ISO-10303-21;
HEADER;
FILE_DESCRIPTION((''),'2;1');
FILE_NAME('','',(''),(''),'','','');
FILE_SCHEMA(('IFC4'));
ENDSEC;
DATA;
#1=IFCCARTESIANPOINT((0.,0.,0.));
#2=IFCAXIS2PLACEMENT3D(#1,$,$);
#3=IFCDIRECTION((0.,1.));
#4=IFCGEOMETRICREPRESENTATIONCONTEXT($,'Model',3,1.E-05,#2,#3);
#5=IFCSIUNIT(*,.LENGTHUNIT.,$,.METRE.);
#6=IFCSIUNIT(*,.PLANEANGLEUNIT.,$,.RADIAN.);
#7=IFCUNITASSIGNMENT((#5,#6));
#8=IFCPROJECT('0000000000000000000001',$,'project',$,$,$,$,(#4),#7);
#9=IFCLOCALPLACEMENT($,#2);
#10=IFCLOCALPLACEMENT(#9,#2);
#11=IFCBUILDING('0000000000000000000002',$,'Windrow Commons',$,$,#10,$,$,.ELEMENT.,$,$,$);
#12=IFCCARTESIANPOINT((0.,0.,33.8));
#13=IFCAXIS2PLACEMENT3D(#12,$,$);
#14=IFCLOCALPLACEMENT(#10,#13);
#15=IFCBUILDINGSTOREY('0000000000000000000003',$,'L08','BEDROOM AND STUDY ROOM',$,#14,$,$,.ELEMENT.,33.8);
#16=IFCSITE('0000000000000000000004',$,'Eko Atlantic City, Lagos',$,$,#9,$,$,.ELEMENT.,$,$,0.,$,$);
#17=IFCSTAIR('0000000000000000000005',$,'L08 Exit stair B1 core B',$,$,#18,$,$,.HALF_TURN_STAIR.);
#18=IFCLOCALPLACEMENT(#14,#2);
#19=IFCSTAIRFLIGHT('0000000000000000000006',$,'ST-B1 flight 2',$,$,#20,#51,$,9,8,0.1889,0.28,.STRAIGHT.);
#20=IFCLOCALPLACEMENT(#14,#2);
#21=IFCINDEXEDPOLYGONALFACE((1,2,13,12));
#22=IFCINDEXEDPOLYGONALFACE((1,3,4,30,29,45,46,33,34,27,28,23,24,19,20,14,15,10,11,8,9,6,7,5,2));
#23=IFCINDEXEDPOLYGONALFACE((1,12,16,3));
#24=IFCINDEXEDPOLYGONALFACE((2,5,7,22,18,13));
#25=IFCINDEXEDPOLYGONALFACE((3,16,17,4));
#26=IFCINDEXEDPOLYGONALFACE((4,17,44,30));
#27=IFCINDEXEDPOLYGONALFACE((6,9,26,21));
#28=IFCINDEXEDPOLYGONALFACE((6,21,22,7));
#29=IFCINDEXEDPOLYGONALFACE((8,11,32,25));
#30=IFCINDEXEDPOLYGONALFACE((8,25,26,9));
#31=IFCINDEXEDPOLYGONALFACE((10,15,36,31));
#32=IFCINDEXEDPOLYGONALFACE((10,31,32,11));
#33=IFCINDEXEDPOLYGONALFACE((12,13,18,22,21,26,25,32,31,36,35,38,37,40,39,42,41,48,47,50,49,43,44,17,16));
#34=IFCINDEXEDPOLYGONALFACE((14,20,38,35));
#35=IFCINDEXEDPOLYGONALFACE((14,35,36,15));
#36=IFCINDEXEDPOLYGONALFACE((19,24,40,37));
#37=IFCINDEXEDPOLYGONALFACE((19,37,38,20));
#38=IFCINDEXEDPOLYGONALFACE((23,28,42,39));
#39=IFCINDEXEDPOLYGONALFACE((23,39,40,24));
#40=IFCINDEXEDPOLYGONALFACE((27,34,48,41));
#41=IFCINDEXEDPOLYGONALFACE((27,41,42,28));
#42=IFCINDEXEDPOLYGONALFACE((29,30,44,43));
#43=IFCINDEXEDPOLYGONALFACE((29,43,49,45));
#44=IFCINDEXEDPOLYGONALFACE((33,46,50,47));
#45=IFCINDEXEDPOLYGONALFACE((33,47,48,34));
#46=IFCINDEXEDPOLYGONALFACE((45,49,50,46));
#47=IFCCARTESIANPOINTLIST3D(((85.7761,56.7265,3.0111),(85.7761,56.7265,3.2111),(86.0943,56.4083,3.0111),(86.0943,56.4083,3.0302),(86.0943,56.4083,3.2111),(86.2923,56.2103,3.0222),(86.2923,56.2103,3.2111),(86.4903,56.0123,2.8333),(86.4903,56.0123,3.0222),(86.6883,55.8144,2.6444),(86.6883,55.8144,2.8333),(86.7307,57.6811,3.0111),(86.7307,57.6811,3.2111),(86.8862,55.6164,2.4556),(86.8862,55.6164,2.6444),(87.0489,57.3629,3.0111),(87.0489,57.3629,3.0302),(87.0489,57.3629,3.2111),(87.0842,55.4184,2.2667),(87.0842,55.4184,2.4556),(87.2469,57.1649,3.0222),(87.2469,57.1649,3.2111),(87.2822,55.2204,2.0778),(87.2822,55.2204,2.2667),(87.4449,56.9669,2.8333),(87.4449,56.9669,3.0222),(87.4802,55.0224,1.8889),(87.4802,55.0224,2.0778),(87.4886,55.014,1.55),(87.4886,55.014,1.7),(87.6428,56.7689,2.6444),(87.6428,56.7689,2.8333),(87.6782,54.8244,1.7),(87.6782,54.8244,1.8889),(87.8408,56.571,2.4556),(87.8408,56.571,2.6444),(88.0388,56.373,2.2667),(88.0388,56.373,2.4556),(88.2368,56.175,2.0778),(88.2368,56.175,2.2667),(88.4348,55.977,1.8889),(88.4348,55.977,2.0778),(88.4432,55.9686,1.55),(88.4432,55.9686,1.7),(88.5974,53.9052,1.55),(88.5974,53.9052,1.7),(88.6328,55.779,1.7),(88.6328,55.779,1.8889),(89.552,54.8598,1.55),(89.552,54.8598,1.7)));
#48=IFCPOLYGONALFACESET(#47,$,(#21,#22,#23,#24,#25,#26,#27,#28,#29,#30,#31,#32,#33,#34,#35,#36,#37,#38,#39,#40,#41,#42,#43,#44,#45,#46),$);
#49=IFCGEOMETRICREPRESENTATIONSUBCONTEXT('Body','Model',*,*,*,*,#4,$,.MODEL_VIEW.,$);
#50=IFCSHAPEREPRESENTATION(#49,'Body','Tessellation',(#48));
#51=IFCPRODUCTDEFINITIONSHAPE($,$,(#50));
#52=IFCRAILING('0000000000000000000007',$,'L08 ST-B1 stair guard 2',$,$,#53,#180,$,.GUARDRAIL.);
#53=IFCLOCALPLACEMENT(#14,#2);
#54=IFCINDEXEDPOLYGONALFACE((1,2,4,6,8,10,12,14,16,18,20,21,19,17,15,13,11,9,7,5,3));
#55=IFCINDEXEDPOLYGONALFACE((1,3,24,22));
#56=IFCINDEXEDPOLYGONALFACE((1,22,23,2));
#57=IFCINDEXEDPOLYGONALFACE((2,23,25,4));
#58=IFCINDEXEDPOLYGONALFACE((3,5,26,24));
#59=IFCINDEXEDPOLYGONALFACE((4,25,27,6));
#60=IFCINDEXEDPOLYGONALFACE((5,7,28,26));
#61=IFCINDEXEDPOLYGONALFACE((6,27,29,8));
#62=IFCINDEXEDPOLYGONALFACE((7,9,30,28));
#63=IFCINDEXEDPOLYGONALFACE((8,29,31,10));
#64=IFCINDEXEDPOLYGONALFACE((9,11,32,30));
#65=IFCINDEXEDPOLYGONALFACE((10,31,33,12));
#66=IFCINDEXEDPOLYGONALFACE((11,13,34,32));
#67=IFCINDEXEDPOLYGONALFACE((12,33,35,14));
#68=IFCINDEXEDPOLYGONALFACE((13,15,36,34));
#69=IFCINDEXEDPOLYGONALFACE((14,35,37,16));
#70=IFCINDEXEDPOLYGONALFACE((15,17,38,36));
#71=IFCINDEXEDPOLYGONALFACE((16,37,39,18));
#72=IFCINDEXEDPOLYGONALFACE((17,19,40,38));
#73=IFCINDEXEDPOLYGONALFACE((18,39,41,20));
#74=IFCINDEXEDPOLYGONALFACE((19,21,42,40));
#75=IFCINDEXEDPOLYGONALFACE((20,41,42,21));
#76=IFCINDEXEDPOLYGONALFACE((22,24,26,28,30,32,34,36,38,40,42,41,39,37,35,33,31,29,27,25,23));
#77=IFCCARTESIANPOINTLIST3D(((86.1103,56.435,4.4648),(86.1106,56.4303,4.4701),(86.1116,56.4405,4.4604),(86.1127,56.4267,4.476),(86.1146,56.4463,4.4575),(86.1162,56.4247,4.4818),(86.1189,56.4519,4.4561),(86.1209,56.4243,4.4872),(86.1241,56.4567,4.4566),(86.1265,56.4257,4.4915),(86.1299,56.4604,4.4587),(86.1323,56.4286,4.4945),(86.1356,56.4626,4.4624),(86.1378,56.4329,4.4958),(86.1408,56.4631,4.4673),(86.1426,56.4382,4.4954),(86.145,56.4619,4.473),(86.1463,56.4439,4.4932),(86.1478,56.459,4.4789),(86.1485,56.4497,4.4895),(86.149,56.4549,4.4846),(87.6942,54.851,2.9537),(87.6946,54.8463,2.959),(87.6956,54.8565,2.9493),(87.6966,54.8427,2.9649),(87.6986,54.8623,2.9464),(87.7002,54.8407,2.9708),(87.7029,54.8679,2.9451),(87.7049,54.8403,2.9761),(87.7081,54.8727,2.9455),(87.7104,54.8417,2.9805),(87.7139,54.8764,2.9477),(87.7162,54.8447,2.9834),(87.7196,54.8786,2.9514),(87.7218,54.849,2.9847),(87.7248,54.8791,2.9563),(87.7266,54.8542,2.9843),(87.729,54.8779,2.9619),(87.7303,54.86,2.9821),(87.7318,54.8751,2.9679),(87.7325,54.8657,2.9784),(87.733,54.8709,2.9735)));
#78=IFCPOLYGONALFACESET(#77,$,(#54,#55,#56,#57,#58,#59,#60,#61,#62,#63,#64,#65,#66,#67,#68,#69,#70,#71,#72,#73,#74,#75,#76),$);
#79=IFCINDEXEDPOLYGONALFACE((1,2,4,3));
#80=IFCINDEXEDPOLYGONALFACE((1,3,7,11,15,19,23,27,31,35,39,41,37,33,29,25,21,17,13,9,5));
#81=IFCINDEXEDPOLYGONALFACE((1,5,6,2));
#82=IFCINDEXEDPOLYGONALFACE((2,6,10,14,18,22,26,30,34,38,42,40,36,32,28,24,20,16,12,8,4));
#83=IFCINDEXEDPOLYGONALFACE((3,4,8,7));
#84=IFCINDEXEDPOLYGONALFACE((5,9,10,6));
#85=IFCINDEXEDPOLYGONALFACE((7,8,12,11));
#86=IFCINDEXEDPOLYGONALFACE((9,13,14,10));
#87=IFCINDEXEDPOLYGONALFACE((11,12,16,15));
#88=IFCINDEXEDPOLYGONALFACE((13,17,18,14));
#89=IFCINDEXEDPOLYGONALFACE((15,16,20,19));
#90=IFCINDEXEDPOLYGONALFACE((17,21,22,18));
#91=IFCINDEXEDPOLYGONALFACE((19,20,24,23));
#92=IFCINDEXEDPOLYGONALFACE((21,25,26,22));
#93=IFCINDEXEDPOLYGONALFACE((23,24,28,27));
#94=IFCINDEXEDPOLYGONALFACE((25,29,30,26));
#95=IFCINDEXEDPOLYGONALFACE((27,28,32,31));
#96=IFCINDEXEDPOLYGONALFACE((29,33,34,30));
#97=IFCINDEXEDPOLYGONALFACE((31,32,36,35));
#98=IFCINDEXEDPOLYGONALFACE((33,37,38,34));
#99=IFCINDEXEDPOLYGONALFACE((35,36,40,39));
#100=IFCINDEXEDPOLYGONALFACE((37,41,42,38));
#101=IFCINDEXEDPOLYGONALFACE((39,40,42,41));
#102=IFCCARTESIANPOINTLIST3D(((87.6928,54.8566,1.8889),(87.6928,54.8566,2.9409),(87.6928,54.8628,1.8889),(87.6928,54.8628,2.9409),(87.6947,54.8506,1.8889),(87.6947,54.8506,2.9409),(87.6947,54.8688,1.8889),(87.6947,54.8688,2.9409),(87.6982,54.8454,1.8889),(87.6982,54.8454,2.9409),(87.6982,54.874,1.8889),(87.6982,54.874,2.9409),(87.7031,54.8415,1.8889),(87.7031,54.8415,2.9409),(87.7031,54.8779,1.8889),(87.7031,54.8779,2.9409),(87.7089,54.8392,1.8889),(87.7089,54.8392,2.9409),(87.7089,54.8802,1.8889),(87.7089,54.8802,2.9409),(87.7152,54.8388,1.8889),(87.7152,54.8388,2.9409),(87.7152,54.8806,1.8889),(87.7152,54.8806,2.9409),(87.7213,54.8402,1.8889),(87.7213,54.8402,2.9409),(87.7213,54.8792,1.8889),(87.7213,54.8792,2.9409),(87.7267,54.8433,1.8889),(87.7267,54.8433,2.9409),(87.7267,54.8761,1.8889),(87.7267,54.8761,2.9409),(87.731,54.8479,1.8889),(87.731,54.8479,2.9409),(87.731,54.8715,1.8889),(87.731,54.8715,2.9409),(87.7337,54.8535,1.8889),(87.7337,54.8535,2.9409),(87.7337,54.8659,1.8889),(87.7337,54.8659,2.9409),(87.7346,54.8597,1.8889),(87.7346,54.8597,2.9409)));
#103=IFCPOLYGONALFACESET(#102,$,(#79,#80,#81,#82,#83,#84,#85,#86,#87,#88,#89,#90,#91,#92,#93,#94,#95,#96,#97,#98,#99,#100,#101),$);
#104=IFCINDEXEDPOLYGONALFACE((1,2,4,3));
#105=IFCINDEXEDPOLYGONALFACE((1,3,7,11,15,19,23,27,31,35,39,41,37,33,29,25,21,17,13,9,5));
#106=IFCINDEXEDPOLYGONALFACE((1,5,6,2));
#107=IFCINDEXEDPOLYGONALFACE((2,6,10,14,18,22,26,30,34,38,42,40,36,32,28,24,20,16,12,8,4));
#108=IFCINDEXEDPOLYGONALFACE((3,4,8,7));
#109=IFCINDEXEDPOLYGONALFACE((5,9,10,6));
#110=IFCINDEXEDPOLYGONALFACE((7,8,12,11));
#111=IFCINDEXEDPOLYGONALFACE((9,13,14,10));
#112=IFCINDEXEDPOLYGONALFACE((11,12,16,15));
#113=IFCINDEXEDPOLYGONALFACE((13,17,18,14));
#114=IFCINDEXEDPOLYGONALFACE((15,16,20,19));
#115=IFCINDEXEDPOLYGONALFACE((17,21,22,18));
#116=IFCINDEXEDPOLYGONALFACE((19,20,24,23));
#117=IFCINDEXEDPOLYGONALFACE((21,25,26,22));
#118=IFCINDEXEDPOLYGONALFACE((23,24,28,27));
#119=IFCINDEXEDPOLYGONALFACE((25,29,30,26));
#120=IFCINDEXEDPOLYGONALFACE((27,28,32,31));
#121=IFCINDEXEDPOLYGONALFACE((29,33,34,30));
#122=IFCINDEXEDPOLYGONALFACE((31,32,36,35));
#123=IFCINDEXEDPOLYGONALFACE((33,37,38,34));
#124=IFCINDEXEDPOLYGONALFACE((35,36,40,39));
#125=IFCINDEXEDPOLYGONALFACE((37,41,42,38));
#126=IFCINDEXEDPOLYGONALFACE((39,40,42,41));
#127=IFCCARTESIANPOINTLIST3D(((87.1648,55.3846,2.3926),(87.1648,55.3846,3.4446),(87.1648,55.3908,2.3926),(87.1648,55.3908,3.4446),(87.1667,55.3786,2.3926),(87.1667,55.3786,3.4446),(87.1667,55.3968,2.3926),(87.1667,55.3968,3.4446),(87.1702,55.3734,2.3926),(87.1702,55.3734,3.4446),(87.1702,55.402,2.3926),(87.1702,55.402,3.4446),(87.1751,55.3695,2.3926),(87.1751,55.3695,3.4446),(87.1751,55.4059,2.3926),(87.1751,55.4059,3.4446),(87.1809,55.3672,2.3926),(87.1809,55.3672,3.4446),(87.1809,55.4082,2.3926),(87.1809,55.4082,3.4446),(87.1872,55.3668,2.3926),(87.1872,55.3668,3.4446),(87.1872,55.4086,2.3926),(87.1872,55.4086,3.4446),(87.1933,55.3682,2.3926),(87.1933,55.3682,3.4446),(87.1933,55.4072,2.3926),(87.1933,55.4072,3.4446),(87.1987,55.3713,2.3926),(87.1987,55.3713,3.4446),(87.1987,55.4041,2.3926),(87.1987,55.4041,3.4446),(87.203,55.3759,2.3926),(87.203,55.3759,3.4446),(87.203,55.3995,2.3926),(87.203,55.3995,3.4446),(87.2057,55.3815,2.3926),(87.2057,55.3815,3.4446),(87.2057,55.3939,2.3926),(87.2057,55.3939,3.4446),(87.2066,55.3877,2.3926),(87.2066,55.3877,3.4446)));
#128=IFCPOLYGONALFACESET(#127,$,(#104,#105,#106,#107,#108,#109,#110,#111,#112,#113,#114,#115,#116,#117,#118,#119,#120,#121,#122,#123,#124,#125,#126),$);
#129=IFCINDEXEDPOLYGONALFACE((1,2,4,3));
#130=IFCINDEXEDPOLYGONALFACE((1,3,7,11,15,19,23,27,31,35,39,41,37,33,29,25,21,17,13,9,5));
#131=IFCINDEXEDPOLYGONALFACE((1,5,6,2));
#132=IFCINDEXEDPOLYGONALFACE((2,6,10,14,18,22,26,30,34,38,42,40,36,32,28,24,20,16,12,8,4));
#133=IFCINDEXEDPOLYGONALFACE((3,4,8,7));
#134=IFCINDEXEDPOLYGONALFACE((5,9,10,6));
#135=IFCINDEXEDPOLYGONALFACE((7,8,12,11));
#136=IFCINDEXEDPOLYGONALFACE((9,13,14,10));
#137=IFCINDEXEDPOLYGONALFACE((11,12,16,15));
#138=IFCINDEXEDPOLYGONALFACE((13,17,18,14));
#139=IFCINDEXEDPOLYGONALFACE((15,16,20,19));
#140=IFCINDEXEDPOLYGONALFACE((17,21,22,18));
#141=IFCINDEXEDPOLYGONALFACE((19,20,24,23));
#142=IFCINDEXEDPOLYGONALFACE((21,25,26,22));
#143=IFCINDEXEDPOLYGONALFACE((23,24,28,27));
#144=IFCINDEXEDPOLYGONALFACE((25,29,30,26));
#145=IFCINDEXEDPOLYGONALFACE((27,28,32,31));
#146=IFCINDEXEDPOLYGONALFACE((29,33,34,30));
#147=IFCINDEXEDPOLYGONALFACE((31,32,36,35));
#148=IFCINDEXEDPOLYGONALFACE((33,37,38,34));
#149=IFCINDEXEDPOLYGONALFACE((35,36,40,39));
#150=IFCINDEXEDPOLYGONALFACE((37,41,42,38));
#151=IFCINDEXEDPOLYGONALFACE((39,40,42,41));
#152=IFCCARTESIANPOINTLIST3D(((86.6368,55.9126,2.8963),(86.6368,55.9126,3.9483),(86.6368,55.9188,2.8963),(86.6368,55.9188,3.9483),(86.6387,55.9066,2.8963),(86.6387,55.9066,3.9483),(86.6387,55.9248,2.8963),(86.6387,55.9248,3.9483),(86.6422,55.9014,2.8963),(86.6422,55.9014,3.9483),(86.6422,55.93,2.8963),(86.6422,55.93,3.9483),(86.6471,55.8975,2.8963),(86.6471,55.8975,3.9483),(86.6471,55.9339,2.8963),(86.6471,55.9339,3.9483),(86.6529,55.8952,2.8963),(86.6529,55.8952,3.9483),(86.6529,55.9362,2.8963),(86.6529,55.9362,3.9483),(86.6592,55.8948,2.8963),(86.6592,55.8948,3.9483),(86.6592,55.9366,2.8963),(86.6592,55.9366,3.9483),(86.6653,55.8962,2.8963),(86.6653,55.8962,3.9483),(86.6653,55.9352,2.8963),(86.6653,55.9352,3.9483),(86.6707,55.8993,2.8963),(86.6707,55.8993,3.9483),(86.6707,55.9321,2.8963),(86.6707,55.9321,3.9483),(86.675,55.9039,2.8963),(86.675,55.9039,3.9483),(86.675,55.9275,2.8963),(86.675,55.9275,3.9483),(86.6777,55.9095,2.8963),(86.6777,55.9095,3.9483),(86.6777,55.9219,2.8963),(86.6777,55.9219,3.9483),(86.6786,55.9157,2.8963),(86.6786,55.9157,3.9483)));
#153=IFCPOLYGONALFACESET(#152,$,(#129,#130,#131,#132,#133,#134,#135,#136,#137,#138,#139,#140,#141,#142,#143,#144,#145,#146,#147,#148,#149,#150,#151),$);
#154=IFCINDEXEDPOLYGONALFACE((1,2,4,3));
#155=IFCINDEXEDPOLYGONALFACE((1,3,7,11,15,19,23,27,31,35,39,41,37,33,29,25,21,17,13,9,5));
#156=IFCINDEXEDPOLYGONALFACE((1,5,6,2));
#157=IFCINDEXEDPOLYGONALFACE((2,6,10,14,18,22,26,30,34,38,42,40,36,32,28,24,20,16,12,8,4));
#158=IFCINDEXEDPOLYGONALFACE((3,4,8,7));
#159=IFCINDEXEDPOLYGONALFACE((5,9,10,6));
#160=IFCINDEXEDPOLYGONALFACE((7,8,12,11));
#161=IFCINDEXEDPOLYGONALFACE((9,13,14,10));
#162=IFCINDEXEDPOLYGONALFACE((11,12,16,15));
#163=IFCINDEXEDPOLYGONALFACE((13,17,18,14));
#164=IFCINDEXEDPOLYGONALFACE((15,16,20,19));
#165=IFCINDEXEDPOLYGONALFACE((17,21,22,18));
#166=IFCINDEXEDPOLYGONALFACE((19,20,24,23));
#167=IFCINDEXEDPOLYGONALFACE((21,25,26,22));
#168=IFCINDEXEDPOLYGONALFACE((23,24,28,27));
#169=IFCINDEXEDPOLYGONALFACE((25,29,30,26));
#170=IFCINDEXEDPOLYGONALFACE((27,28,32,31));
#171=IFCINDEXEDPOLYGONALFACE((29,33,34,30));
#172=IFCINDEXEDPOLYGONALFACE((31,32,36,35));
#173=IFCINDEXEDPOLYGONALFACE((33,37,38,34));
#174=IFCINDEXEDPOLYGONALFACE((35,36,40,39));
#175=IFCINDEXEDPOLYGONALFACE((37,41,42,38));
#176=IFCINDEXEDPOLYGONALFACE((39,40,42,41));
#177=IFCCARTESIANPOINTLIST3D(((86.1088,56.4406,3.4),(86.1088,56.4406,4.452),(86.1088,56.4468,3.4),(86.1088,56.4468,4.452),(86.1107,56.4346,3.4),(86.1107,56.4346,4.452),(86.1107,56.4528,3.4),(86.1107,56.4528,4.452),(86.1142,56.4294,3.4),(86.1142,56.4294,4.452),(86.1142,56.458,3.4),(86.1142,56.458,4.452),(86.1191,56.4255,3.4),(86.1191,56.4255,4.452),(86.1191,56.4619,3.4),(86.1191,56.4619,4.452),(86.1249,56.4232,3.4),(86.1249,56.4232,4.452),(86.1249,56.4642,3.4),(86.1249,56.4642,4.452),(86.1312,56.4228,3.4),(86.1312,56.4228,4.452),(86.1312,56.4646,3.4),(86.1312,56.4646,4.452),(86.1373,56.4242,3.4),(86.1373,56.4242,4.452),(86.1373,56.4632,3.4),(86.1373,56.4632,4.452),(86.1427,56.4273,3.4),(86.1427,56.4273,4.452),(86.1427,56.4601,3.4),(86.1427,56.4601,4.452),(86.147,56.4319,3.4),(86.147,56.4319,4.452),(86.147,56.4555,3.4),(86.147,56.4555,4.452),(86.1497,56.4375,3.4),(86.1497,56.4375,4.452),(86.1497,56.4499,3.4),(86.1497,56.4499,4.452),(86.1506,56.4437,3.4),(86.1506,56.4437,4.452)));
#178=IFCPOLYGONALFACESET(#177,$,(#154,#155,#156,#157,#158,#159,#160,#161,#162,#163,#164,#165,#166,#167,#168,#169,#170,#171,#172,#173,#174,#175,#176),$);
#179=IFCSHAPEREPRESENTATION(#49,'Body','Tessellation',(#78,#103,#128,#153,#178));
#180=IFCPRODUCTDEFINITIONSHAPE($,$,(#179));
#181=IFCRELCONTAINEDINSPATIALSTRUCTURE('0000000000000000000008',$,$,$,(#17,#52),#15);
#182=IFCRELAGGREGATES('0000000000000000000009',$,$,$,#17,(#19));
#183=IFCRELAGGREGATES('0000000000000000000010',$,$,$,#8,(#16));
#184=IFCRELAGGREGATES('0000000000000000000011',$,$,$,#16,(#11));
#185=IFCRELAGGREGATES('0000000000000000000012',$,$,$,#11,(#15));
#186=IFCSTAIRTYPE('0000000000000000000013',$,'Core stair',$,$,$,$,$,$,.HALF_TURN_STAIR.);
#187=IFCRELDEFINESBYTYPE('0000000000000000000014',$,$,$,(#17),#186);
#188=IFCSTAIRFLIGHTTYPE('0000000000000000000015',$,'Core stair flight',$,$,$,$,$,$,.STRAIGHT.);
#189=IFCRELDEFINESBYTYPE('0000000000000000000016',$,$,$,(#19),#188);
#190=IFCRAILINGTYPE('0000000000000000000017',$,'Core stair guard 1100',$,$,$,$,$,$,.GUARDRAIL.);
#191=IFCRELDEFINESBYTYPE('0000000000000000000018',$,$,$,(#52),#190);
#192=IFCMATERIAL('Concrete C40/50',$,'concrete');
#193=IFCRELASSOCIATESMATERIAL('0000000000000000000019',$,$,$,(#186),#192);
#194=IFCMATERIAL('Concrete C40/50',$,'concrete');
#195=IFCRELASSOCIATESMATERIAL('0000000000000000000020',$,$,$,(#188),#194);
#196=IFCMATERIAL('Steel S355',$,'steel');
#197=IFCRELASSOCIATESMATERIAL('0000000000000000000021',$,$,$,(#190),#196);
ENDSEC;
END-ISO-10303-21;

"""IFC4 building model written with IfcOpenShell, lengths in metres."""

from ifc_helpers import new_model, si_unit, direction, frame, origin, origin_2d, place, context, subcontext, project, spatial, polyline, circle, outline, extrude, material, type_object, element, aggregate, save


model = new_model("IFC4")

# Units and contexts
model_context = context("Model", 3, precision=1e-05, world=origin(), true_north=direction((0.0, 1.0)))
body_context = subcontext(model_context, "Body", "Model", "MODEL_VIEW")
ifc_project = project(units=[si_unit("LENGTHUNIT", "METRE"), si_unit("PLANEANGLEUNIT", "RADIAN")], contexts=[model_context])

# Site, building, storey
site_placement = place(None, origin())
site = spatial("IfcSite", under=ifc_project, at=site_placement, Name="Eko Atlantic City, Lagos", CompositionType="ELEMENT", RefElevation=0.0)
building_placement = place(site_placement, origin())
building = spatial("IfcBuilding", under=site, at=building_placement, Name="Windrow Commons", CompositionType="ELEMENT")
storey_placement = place(building_placement, frame((0.0, 0.0, 33.8)))
storey = spatial("IfcBuildingStorey", under=building, at=storey_placement, Name="L08", Description="BEDROOM AND STUDY ROOM", CompositionType="ELEMENT", Elevation=33.8)

# Stair, stair flight
ifc_material_1 = material(Name="Concrete C40/50", Category="concrete")
stair_type = type_object("IfcStairType", Name="Core stair", PredefinedType="HALF_TURN_STAIR", material=ifc_material_1)
stair_placement = place(storey_placement, origin())
stair = element("IfcStair", 1, at=stair_placement, inside=storey, type_object=stair_type, Name="L08 Exit stair B1 core B", PredefinedType="HALF_TURN_STAIR")
ifc_material_2 = material(Name="Concrete C40/50", Category="concrete")
stair_flight_type = type_object("IfcStairFlightType", Name="Core stair flight", PredefinedType="STRAIGHT", material=ifc_material_2)
stair_flight_placement = place(storey_placement, frame((88.1555, 55.3017, 1.7), z_axis=(0.0, 0.0, 1.0), x_axis=(-0.707107, 0.707107, 0.0)))
stair_flight = element("IfcStairFlight", 2, at=stair_flight_placement, type_object=stair_flight_type, Name="ST-B1 flight 2", NumberOfRisers=9, NumberOfTreads=8, PredefinedType="STRAIGHT", RiserHeight=0.1889, TreadLength=0.28, context=body_context, shape_type="SweptSolid", body=[
    extrude(outline(polyline([(-1.3, -0.15), (-1.3, 0.0), (0.0, 0.0), (0.0, 0.1889), (0.28, 0.1889), (0.28, 0.3778), (0.56, 0.3778), (0.56, 0.5667), (0.84, 0.5667), (0.84, 0.7556), (1.12, 0.7556), (1.12, 0.9444), (1.4, 0.9444), (1.4, 1.1333), (1.68, 1.1333), (1.68, 1.3222), (1.96, 1.3222), (1.96, 1.5111), (2.24, 1.5111), (2.69, 1.5111), (2.69, 1.3111), (2.24, 1.3111), (2.24, 1.3302), (0.2682, 0.0), (0.2682, -0.15), (-1.3, -0.15)])), frame((0.0, 0.675, 0.0), z_axis=(0.0, -1.0, 0.0), x_axis=(1.0, 0.0, 0.0)), (0.0, 0.0, 1.0), 1.35),
])
aggregate(stair, [stair_flight])

# Railing
ifc_material_3 = material(Name="Steel S355", Category="steel")
railing_type = type_object("IfcRailingType", Name="Core stair guard 1100", PredefinedType="GUARDRAIL", material=ifc_material_3)
railing_1_placement = place(storey_placement, frame((87.7136, 54.8597, 1.8889)))
element("IfcRailing", 3, at=railing_1_placement, inside=storey, type_object=railing_type, Name="L08 ST-B1 stair guard 2", PredefinedType="GUARDRAIL", context=body_context, shape_type="SweptSolid", body=[
    extrude(circle(Radius=0.024, at=origin_2d()), frame((0.0, 0.0, 1.076), z_axis=(-0.586203, 0.586203, 0.559224), x_axis=(-0.707107, -0.707107, 0.0)), (0.0, 0.0, 1.0), 2.7021),
    extrude(circle(Radius=0.021, at=origin_2d()), origin(), (0.0, 0.0, 1.0), 1.052),
    extrude(circle(Radius=0.021, at=origin_2d()), frame((-0.528, 0.528, 0.5037)), (0.0, 0.0, 1.0), 1.052),
    extrude(circle(Radius=0.021, at=origin_2d()), frame((-1.056, 1.056, 1.0074)), (0.0, 0.0, 1.0), 1.052),
    extrude(circle(Radius=0.021, at=origin_2d()), frame((-1.584, 1.584, 1.5111)), (0.0, 0.0, 1.0), 1.052),
])

save(model, "model.ifc")
